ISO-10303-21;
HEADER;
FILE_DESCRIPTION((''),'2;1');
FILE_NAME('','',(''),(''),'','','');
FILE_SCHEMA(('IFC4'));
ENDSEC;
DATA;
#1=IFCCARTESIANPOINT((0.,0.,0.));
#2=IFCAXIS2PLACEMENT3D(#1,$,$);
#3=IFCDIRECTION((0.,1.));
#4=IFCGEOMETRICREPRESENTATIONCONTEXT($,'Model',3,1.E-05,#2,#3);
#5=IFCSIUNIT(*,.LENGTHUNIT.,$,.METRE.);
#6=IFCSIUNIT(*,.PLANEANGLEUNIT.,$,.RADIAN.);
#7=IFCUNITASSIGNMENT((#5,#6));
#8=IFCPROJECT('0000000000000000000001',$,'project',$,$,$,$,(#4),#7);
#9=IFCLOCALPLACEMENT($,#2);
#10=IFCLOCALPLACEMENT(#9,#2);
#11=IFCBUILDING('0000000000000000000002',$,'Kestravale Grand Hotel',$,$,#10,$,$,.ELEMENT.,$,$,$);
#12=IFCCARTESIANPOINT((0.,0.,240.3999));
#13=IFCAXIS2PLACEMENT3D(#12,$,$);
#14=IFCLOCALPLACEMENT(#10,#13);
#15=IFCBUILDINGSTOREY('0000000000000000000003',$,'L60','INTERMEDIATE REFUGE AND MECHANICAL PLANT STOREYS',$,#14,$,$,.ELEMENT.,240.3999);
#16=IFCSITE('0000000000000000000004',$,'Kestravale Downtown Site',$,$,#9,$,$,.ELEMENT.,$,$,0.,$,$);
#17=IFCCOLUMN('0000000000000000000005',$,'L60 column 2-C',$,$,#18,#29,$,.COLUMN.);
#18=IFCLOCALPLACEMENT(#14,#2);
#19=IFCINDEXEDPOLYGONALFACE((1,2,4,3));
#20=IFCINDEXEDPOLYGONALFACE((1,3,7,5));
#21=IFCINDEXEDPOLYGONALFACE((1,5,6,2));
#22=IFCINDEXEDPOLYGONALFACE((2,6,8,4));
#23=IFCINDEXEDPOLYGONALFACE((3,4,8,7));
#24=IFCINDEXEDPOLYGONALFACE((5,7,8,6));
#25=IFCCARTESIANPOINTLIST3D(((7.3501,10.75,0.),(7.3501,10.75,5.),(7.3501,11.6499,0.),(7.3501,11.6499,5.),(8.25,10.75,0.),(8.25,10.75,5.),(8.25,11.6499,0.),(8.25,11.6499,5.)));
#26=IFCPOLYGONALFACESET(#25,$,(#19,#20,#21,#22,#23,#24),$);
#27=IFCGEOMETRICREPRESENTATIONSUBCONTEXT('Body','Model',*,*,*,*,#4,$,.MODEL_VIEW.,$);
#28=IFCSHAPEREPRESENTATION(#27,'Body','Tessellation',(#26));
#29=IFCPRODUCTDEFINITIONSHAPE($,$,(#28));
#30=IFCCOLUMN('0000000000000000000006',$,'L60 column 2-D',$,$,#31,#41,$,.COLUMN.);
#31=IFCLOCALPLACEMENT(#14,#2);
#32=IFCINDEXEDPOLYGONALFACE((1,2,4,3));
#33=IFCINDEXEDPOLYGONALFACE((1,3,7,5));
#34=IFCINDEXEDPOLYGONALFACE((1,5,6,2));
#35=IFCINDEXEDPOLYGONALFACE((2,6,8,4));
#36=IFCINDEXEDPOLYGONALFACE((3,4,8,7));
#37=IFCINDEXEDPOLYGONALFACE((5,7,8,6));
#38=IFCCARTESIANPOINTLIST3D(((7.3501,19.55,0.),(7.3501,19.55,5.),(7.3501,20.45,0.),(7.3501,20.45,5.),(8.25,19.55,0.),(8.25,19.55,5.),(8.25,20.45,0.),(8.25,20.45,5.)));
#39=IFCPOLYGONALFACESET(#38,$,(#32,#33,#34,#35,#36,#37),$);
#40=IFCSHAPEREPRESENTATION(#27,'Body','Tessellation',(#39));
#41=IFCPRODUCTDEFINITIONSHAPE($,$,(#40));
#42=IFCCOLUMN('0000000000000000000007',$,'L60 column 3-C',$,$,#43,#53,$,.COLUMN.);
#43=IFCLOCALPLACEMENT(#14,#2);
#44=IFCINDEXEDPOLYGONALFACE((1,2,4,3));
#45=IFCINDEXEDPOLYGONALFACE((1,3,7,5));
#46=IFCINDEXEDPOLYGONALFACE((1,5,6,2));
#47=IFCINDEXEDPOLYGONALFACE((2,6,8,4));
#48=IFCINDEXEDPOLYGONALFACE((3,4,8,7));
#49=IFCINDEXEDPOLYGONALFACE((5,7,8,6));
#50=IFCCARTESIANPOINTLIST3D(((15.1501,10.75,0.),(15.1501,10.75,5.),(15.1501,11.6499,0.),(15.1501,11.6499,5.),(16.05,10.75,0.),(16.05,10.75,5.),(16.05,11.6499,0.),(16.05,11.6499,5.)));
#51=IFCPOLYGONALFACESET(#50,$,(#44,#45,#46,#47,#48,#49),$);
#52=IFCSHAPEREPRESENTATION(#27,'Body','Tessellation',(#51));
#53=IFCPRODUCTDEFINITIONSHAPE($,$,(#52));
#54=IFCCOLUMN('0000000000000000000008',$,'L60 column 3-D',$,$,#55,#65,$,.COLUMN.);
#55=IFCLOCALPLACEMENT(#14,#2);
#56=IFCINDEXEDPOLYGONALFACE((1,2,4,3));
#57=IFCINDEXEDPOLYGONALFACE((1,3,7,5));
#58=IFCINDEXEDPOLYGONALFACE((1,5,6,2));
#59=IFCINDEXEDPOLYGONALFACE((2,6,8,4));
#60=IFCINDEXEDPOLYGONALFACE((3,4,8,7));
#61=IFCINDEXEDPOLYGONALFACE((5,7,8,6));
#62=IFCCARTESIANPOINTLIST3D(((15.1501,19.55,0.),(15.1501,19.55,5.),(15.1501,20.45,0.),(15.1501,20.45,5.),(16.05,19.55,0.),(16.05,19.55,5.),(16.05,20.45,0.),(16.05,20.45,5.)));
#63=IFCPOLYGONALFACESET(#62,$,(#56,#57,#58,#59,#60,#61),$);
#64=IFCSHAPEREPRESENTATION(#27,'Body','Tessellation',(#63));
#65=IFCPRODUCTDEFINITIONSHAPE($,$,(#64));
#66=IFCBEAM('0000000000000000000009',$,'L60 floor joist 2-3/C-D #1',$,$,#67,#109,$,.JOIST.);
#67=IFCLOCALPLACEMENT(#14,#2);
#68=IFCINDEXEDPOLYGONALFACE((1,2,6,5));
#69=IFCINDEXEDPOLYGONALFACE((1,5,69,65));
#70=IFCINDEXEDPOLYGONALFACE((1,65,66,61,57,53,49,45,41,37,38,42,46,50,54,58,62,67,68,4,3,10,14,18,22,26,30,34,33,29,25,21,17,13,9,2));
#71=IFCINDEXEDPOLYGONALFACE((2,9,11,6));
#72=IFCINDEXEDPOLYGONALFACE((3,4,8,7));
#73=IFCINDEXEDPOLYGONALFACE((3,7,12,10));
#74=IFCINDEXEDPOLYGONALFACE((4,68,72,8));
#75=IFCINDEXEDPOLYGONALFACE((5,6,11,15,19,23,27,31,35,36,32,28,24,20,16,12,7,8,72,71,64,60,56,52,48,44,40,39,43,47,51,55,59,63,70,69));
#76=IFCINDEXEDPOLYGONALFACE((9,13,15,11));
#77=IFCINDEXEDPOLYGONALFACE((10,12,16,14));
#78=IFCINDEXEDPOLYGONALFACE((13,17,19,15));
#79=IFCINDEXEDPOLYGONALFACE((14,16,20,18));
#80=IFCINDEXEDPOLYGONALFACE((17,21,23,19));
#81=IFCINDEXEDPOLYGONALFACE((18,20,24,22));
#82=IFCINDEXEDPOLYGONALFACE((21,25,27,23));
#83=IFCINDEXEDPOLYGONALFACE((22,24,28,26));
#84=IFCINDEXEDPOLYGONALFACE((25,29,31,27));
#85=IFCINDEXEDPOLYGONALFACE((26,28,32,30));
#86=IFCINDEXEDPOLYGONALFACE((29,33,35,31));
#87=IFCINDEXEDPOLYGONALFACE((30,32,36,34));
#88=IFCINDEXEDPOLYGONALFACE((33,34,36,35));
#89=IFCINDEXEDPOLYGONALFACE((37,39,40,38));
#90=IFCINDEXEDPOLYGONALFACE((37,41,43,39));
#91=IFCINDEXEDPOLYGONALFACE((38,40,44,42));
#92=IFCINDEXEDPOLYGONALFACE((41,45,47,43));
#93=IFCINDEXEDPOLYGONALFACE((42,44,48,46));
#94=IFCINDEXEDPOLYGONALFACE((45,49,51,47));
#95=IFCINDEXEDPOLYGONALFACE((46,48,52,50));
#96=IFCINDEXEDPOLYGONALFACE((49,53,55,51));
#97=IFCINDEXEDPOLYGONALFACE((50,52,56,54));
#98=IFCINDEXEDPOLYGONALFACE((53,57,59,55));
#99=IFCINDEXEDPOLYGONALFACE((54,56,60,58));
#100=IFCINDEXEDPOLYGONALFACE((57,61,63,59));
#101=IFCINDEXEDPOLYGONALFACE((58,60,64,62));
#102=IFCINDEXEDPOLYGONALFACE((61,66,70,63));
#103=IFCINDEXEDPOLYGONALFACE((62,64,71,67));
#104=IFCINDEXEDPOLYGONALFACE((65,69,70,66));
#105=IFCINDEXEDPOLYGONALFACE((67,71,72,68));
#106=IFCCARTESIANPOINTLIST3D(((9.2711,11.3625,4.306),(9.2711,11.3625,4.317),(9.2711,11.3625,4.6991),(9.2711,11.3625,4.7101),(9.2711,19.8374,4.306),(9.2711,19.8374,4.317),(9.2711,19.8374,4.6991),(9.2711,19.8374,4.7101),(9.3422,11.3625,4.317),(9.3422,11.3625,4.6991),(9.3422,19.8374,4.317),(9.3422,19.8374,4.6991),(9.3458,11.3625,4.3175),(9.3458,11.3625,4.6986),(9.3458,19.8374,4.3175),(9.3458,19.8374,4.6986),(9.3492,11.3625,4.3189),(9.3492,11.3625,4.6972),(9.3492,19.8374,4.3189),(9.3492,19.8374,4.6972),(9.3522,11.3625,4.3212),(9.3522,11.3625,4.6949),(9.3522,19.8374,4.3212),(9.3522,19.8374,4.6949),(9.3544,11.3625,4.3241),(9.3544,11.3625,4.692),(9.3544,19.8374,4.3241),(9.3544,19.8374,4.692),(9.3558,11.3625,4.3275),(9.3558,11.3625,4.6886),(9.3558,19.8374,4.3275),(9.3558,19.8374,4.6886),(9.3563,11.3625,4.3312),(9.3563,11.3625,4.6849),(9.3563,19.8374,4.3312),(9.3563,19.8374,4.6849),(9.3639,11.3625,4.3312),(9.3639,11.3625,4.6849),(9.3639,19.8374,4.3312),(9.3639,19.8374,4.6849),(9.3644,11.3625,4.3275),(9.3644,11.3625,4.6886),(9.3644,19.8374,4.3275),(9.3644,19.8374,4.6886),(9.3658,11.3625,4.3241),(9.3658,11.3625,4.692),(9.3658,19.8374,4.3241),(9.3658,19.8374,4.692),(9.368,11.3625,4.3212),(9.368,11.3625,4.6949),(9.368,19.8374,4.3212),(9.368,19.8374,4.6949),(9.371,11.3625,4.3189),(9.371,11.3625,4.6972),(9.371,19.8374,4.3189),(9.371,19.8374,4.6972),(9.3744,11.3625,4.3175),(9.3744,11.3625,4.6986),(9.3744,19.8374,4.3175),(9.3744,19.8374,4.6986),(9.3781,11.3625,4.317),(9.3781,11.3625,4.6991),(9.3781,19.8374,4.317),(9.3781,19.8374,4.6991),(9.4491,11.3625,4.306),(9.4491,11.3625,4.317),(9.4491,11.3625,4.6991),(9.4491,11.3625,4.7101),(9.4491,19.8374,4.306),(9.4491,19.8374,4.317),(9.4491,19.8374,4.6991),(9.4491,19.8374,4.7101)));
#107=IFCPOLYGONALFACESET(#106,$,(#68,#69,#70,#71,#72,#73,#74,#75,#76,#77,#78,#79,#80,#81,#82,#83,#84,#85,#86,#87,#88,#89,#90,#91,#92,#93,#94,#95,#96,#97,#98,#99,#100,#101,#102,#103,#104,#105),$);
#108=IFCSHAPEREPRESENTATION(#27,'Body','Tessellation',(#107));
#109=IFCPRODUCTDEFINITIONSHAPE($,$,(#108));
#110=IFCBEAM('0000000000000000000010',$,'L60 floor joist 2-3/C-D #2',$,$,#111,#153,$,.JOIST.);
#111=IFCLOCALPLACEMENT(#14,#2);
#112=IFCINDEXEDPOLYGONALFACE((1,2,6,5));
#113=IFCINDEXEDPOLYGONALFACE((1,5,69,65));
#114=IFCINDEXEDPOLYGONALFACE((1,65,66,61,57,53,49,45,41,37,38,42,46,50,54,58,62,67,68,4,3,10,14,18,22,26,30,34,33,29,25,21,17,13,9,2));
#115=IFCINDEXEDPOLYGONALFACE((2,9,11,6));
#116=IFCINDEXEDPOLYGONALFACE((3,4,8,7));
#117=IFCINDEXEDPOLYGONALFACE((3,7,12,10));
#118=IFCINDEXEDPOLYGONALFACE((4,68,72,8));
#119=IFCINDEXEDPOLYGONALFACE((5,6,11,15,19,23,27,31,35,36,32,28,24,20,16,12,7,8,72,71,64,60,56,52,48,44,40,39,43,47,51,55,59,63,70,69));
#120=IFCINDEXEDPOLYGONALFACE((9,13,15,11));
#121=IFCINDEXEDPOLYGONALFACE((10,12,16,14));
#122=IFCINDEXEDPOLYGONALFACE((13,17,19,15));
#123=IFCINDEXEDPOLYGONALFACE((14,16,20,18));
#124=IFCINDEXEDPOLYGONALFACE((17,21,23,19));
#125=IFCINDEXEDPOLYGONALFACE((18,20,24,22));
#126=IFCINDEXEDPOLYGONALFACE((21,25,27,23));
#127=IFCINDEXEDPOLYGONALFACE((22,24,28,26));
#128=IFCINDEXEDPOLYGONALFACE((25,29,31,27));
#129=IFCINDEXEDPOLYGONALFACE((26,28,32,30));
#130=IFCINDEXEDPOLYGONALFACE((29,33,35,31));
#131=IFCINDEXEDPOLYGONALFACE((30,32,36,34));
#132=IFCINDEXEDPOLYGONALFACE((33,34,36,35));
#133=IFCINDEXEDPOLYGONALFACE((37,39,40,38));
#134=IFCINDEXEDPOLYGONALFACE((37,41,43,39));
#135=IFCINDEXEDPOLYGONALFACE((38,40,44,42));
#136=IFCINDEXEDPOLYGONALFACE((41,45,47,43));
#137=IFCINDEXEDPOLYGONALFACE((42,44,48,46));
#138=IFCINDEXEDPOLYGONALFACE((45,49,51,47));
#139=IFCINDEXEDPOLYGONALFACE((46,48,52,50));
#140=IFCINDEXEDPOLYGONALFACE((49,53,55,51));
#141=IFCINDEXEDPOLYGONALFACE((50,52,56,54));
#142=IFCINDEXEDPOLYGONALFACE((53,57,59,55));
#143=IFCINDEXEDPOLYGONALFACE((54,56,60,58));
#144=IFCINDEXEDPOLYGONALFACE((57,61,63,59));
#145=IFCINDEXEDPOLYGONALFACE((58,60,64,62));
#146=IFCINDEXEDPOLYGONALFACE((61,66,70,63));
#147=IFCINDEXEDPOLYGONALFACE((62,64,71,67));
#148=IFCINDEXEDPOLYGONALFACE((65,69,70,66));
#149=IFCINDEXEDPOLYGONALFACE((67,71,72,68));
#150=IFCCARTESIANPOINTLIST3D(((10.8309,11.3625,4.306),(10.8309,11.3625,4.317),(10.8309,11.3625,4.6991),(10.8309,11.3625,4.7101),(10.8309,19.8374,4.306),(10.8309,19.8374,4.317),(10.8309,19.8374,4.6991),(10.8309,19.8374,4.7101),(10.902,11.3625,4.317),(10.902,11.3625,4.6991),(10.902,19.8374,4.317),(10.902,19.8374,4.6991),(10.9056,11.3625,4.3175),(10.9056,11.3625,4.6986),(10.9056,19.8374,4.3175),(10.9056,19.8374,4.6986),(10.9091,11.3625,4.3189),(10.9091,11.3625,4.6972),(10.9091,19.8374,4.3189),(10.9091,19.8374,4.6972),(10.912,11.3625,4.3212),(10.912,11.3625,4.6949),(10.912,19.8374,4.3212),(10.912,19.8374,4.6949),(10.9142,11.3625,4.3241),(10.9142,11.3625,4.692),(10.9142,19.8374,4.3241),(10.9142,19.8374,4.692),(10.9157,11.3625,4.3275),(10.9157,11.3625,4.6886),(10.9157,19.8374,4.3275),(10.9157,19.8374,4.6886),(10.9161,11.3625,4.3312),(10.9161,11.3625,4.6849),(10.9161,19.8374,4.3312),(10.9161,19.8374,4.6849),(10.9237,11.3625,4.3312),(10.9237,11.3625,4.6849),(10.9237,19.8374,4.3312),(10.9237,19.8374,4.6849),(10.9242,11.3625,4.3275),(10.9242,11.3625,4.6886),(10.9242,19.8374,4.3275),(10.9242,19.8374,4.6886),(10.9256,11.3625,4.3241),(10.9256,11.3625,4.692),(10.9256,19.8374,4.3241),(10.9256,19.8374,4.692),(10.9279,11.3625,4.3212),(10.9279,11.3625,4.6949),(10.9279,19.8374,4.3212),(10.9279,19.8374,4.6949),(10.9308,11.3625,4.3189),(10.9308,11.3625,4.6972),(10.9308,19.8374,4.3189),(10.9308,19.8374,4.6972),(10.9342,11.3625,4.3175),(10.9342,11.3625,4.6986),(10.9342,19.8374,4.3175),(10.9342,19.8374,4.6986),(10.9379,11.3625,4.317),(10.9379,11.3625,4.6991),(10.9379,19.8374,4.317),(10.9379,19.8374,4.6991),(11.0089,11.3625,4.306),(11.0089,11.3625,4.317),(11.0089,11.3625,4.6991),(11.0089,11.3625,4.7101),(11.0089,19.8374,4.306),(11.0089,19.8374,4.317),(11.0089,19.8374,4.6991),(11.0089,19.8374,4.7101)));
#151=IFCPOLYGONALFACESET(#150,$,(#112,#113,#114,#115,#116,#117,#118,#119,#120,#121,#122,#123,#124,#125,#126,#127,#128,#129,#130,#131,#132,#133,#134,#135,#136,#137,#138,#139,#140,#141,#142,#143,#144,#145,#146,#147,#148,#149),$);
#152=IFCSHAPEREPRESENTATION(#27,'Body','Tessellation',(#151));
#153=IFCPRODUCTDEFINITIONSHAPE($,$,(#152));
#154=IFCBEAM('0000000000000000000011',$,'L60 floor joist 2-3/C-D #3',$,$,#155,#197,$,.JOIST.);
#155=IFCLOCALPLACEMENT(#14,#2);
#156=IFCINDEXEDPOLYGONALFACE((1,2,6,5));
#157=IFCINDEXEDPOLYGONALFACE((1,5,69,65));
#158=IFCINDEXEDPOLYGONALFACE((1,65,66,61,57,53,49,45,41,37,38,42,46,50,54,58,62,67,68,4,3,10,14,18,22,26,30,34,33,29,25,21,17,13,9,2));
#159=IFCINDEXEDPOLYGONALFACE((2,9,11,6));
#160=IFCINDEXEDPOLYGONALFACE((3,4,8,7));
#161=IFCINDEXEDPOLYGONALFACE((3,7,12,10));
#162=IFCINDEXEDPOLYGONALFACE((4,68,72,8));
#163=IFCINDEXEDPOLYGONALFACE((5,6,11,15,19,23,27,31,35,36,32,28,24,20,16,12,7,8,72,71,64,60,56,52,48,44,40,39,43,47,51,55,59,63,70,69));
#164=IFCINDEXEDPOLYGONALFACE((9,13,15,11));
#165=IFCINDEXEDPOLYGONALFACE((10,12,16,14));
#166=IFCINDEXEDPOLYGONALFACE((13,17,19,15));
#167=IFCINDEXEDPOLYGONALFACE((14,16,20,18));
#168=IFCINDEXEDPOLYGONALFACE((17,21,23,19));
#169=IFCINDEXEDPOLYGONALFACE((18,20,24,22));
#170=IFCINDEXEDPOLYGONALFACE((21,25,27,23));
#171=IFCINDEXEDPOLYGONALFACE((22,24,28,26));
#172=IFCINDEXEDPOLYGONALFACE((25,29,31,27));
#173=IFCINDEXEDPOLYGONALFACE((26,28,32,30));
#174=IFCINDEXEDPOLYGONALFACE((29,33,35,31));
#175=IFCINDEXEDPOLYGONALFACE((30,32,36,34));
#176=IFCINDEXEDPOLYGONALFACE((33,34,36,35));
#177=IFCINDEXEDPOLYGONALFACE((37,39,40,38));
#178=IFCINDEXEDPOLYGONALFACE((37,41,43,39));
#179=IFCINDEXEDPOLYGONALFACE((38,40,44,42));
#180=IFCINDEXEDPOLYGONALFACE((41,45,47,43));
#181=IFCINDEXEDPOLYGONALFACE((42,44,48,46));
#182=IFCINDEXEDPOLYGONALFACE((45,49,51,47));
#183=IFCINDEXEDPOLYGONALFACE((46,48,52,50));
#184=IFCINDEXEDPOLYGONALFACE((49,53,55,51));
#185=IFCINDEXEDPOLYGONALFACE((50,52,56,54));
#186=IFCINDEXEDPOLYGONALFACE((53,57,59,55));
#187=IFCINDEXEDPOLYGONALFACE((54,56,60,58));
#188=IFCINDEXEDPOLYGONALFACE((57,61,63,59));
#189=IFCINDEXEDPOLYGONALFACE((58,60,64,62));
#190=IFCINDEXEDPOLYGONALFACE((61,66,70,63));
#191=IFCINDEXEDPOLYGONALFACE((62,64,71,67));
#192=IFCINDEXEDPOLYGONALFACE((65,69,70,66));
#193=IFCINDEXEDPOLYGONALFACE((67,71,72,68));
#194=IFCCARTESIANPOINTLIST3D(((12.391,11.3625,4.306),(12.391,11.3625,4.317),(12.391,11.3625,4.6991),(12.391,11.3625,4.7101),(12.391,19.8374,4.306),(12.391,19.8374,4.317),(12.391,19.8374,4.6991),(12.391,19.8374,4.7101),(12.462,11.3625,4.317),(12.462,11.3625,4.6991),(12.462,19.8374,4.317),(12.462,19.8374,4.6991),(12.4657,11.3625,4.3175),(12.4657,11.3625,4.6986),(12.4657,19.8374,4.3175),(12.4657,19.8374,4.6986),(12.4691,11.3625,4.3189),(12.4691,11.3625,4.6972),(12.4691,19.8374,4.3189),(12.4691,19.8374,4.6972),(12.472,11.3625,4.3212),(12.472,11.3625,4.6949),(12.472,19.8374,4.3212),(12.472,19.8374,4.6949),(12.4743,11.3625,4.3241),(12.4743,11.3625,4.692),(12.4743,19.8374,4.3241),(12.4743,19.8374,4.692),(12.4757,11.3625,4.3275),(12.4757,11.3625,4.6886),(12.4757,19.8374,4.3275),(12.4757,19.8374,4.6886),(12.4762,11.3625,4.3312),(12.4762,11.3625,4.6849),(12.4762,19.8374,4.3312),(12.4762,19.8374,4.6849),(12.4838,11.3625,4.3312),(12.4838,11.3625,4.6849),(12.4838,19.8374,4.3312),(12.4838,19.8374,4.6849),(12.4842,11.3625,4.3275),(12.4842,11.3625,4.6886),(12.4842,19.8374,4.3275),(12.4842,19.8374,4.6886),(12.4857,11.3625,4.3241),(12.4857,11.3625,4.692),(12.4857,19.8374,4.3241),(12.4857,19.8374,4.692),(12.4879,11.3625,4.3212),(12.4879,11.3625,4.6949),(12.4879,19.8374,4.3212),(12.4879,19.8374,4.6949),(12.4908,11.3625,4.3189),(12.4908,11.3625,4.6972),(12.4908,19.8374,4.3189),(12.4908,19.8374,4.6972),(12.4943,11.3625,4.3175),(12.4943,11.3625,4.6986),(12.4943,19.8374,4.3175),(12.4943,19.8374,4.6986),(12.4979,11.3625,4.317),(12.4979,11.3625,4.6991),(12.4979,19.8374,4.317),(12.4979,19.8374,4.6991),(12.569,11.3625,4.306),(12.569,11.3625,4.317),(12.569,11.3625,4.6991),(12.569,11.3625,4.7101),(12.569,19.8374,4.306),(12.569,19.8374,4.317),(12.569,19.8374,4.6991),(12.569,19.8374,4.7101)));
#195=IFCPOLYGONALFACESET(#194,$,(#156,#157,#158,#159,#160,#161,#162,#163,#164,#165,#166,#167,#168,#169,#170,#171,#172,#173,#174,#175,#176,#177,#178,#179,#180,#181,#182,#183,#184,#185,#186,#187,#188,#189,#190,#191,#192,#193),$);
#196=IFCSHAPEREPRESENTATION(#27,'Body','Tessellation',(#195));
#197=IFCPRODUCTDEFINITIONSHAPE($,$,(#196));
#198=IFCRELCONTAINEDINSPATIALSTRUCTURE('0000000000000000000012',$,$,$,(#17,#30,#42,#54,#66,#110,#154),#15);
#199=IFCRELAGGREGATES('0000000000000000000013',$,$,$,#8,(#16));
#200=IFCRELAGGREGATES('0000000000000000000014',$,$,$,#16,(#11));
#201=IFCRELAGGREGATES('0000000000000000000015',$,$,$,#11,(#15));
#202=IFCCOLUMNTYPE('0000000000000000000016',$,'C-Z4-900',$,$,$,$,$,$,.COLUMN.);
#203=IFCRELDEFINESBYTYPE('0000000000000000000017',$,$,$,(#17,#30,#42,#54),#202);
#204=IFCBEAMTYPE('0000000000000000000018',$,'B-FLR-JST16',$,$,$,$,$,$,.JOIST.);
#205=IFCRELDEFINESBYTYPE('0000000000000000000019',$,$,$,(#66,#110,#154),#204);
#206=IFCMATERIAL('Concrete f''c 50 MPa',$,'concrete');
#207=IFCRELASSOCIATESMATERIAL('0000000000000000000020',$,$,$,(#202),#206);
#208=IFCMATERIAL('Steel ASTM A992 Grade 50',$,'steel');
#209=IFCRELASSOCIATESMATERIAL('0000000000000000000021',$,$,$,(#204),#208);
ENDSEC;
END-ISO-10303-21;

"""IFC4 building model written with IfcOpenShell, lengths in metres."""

from ifc_helpers import new_model, si_unit, direction, frame, origin, origin_2d, place, context, subcontext, project, spatial, rectangle, i_section, extrude, material, material_profile, profile_set, type_object, element, save


model = new_model("IFC4")

# Units and contexts
model_context = context("Model", 3, precision=1e-05, world=origin(), true_north=direction((0.0, 1.0)))
body_context = subcontext(model_context, "Body", "Model", "MODEL_VIEW")
ifc_project = project(units=[si_unit("LENGTHUNIT", "METRE"), si_unit("PLANEANGLEUNIT", "RADIAN")], contexts=[model_context])

# Site, building, storey
site_placement = place(None, origin())
site = spatial("IfcSite", under=ifc_project, at=site_placement, Name="Kestravale Downtown Site", CompositionType="ELEMENT", RefElevation=0.0)
building_placement = place(site_placement, origin())
building = spatial("IfcBuilding", under=site, at=building_placement, Name="Kestravale Grand Hotel", CompositionType="ELEMENT")
storey_placement = place(building_placement, frame((0.0, 0.0, 240.3999)))
storey = spatial("IfcBuildingStorey", under=building, at=storey_placement, Name="L60", Description="INTERMEDIATE REFUGE AND MECHANICAL PLANT STOREYS", CompositionType="ELEMENT", Elevation=240.3999)

# Columns
ifc_material_1 = material(Name="Concrete f'c 50 MPa", Category="concrete")
ifc_material_profile_1 = material_profile(ifc_material_1, rectangle(XDim=0.8999, YDim=0.8999, at=origin_2d()))
ifc_profile_set_1 = profile_set([ifc_material_profile_1], Name="Concrete f'c 50 MPa")
column_type = type_object("IfcColumnType", Name="C-Z4-900", PredefinedType="COLUMN", material=ifc_profile_set_1)
for number, where, z_axis, x_axis, name in (
    (1, (7.8, 11.2, 0.0), (0.0, 0.0, 1.0), (1.0, 0.0, 0.0), "L60 column 2-C"),
    (2, (7.8, 20.0, 0.0), (0.0, 0.0, 1.0), (1.0, 0.0, 0.0), "L60 column 2-D"),
    (3, (15.6001, 11.2, 0.0), (0.0, 0.0, 1.0), (1.0, 0.0, 0.0), "L60 column 3-C"),
    (4, (15.6001, 20.0, 0.0), (0.0, 0.0, 1.0), (1.0, 0.0, 0.0), "L60 column 3-D"),
):
    element("IfcColumn", number, at=place(storey_placement, frame(where, z_axis=z_axis, x_axis=x_axis)), inside=storey, type_object=column_type, Name=name, PredefinedType="COLUMN", context=body_context, shape_type="SweptSolid", body=[
        extrude(rectangle(XDim=0.8999, YDim=0.8999, at=origin_2d()), origin(), (0.0, 0.0, 1.0), 5.0),
    ])

# Beams
ifc_material_2 = material(Name="Steel ASTM A992 Grade 50", Category="steel")
ifc_material_profile_2 = material_profile(ifc_material_2, i_section(OverallWidth=0.178, OverallDepth=0.4041, WebThickness=0.0076, FlangeThickness=0.011, FilletRadius=0.0142, at=origin_2d()))
ifc_profile_set_2 = profile_set([ifc_material_profile_2], Name="Steel ASTM A992 Grade 50")
beam_type_1 = type_object("IfcBeamType", Name="B-FLR-JST16", PredefinedType="JOIST", material=ifc_profile_set_2)
for number, where, z_axis, x_axis, name in (
    (5, (9.3601, 11.3625, 4.5081), (0.0, 1.0, 0.0), (-1.0, 0.0, 0.0), "L60 floor joist 2-3/C-D #1"),
    (6, (10.9199, 11.3625, 4.5081), (0.0, 1.0, 0.0), (-1.0, 0.0, 0.0), "L60 floor joist 2-3/C-D #2"),
    (7, (12.48, 11.3625, 4.5081), (0.0, 1.0, 0.0), (-1.0, 0.0, 0.0), "L60 floor joist 2-3/C-D #3"),
):
    element("IfcBeam", number, at=place(storey_placement, frame(where, z_axis=z_axis, x_axis=x_axis)), inside=storey, type_object=beam_type_1, Name=name, PredefinedType="JOIST", context=body_context, shape_type="SweptSolid", body=[
        extrude(i_section(OverallWidth=0.178, OverallDepth=0.4041, WebThickness=0.0076, FlangeThickness=0.011, FilletRadius=0.0142, at=origin_2d()), origin(), (0.0, 0.0, 1.0), 8.4749),
    ])

save(model, "model.ifc")
